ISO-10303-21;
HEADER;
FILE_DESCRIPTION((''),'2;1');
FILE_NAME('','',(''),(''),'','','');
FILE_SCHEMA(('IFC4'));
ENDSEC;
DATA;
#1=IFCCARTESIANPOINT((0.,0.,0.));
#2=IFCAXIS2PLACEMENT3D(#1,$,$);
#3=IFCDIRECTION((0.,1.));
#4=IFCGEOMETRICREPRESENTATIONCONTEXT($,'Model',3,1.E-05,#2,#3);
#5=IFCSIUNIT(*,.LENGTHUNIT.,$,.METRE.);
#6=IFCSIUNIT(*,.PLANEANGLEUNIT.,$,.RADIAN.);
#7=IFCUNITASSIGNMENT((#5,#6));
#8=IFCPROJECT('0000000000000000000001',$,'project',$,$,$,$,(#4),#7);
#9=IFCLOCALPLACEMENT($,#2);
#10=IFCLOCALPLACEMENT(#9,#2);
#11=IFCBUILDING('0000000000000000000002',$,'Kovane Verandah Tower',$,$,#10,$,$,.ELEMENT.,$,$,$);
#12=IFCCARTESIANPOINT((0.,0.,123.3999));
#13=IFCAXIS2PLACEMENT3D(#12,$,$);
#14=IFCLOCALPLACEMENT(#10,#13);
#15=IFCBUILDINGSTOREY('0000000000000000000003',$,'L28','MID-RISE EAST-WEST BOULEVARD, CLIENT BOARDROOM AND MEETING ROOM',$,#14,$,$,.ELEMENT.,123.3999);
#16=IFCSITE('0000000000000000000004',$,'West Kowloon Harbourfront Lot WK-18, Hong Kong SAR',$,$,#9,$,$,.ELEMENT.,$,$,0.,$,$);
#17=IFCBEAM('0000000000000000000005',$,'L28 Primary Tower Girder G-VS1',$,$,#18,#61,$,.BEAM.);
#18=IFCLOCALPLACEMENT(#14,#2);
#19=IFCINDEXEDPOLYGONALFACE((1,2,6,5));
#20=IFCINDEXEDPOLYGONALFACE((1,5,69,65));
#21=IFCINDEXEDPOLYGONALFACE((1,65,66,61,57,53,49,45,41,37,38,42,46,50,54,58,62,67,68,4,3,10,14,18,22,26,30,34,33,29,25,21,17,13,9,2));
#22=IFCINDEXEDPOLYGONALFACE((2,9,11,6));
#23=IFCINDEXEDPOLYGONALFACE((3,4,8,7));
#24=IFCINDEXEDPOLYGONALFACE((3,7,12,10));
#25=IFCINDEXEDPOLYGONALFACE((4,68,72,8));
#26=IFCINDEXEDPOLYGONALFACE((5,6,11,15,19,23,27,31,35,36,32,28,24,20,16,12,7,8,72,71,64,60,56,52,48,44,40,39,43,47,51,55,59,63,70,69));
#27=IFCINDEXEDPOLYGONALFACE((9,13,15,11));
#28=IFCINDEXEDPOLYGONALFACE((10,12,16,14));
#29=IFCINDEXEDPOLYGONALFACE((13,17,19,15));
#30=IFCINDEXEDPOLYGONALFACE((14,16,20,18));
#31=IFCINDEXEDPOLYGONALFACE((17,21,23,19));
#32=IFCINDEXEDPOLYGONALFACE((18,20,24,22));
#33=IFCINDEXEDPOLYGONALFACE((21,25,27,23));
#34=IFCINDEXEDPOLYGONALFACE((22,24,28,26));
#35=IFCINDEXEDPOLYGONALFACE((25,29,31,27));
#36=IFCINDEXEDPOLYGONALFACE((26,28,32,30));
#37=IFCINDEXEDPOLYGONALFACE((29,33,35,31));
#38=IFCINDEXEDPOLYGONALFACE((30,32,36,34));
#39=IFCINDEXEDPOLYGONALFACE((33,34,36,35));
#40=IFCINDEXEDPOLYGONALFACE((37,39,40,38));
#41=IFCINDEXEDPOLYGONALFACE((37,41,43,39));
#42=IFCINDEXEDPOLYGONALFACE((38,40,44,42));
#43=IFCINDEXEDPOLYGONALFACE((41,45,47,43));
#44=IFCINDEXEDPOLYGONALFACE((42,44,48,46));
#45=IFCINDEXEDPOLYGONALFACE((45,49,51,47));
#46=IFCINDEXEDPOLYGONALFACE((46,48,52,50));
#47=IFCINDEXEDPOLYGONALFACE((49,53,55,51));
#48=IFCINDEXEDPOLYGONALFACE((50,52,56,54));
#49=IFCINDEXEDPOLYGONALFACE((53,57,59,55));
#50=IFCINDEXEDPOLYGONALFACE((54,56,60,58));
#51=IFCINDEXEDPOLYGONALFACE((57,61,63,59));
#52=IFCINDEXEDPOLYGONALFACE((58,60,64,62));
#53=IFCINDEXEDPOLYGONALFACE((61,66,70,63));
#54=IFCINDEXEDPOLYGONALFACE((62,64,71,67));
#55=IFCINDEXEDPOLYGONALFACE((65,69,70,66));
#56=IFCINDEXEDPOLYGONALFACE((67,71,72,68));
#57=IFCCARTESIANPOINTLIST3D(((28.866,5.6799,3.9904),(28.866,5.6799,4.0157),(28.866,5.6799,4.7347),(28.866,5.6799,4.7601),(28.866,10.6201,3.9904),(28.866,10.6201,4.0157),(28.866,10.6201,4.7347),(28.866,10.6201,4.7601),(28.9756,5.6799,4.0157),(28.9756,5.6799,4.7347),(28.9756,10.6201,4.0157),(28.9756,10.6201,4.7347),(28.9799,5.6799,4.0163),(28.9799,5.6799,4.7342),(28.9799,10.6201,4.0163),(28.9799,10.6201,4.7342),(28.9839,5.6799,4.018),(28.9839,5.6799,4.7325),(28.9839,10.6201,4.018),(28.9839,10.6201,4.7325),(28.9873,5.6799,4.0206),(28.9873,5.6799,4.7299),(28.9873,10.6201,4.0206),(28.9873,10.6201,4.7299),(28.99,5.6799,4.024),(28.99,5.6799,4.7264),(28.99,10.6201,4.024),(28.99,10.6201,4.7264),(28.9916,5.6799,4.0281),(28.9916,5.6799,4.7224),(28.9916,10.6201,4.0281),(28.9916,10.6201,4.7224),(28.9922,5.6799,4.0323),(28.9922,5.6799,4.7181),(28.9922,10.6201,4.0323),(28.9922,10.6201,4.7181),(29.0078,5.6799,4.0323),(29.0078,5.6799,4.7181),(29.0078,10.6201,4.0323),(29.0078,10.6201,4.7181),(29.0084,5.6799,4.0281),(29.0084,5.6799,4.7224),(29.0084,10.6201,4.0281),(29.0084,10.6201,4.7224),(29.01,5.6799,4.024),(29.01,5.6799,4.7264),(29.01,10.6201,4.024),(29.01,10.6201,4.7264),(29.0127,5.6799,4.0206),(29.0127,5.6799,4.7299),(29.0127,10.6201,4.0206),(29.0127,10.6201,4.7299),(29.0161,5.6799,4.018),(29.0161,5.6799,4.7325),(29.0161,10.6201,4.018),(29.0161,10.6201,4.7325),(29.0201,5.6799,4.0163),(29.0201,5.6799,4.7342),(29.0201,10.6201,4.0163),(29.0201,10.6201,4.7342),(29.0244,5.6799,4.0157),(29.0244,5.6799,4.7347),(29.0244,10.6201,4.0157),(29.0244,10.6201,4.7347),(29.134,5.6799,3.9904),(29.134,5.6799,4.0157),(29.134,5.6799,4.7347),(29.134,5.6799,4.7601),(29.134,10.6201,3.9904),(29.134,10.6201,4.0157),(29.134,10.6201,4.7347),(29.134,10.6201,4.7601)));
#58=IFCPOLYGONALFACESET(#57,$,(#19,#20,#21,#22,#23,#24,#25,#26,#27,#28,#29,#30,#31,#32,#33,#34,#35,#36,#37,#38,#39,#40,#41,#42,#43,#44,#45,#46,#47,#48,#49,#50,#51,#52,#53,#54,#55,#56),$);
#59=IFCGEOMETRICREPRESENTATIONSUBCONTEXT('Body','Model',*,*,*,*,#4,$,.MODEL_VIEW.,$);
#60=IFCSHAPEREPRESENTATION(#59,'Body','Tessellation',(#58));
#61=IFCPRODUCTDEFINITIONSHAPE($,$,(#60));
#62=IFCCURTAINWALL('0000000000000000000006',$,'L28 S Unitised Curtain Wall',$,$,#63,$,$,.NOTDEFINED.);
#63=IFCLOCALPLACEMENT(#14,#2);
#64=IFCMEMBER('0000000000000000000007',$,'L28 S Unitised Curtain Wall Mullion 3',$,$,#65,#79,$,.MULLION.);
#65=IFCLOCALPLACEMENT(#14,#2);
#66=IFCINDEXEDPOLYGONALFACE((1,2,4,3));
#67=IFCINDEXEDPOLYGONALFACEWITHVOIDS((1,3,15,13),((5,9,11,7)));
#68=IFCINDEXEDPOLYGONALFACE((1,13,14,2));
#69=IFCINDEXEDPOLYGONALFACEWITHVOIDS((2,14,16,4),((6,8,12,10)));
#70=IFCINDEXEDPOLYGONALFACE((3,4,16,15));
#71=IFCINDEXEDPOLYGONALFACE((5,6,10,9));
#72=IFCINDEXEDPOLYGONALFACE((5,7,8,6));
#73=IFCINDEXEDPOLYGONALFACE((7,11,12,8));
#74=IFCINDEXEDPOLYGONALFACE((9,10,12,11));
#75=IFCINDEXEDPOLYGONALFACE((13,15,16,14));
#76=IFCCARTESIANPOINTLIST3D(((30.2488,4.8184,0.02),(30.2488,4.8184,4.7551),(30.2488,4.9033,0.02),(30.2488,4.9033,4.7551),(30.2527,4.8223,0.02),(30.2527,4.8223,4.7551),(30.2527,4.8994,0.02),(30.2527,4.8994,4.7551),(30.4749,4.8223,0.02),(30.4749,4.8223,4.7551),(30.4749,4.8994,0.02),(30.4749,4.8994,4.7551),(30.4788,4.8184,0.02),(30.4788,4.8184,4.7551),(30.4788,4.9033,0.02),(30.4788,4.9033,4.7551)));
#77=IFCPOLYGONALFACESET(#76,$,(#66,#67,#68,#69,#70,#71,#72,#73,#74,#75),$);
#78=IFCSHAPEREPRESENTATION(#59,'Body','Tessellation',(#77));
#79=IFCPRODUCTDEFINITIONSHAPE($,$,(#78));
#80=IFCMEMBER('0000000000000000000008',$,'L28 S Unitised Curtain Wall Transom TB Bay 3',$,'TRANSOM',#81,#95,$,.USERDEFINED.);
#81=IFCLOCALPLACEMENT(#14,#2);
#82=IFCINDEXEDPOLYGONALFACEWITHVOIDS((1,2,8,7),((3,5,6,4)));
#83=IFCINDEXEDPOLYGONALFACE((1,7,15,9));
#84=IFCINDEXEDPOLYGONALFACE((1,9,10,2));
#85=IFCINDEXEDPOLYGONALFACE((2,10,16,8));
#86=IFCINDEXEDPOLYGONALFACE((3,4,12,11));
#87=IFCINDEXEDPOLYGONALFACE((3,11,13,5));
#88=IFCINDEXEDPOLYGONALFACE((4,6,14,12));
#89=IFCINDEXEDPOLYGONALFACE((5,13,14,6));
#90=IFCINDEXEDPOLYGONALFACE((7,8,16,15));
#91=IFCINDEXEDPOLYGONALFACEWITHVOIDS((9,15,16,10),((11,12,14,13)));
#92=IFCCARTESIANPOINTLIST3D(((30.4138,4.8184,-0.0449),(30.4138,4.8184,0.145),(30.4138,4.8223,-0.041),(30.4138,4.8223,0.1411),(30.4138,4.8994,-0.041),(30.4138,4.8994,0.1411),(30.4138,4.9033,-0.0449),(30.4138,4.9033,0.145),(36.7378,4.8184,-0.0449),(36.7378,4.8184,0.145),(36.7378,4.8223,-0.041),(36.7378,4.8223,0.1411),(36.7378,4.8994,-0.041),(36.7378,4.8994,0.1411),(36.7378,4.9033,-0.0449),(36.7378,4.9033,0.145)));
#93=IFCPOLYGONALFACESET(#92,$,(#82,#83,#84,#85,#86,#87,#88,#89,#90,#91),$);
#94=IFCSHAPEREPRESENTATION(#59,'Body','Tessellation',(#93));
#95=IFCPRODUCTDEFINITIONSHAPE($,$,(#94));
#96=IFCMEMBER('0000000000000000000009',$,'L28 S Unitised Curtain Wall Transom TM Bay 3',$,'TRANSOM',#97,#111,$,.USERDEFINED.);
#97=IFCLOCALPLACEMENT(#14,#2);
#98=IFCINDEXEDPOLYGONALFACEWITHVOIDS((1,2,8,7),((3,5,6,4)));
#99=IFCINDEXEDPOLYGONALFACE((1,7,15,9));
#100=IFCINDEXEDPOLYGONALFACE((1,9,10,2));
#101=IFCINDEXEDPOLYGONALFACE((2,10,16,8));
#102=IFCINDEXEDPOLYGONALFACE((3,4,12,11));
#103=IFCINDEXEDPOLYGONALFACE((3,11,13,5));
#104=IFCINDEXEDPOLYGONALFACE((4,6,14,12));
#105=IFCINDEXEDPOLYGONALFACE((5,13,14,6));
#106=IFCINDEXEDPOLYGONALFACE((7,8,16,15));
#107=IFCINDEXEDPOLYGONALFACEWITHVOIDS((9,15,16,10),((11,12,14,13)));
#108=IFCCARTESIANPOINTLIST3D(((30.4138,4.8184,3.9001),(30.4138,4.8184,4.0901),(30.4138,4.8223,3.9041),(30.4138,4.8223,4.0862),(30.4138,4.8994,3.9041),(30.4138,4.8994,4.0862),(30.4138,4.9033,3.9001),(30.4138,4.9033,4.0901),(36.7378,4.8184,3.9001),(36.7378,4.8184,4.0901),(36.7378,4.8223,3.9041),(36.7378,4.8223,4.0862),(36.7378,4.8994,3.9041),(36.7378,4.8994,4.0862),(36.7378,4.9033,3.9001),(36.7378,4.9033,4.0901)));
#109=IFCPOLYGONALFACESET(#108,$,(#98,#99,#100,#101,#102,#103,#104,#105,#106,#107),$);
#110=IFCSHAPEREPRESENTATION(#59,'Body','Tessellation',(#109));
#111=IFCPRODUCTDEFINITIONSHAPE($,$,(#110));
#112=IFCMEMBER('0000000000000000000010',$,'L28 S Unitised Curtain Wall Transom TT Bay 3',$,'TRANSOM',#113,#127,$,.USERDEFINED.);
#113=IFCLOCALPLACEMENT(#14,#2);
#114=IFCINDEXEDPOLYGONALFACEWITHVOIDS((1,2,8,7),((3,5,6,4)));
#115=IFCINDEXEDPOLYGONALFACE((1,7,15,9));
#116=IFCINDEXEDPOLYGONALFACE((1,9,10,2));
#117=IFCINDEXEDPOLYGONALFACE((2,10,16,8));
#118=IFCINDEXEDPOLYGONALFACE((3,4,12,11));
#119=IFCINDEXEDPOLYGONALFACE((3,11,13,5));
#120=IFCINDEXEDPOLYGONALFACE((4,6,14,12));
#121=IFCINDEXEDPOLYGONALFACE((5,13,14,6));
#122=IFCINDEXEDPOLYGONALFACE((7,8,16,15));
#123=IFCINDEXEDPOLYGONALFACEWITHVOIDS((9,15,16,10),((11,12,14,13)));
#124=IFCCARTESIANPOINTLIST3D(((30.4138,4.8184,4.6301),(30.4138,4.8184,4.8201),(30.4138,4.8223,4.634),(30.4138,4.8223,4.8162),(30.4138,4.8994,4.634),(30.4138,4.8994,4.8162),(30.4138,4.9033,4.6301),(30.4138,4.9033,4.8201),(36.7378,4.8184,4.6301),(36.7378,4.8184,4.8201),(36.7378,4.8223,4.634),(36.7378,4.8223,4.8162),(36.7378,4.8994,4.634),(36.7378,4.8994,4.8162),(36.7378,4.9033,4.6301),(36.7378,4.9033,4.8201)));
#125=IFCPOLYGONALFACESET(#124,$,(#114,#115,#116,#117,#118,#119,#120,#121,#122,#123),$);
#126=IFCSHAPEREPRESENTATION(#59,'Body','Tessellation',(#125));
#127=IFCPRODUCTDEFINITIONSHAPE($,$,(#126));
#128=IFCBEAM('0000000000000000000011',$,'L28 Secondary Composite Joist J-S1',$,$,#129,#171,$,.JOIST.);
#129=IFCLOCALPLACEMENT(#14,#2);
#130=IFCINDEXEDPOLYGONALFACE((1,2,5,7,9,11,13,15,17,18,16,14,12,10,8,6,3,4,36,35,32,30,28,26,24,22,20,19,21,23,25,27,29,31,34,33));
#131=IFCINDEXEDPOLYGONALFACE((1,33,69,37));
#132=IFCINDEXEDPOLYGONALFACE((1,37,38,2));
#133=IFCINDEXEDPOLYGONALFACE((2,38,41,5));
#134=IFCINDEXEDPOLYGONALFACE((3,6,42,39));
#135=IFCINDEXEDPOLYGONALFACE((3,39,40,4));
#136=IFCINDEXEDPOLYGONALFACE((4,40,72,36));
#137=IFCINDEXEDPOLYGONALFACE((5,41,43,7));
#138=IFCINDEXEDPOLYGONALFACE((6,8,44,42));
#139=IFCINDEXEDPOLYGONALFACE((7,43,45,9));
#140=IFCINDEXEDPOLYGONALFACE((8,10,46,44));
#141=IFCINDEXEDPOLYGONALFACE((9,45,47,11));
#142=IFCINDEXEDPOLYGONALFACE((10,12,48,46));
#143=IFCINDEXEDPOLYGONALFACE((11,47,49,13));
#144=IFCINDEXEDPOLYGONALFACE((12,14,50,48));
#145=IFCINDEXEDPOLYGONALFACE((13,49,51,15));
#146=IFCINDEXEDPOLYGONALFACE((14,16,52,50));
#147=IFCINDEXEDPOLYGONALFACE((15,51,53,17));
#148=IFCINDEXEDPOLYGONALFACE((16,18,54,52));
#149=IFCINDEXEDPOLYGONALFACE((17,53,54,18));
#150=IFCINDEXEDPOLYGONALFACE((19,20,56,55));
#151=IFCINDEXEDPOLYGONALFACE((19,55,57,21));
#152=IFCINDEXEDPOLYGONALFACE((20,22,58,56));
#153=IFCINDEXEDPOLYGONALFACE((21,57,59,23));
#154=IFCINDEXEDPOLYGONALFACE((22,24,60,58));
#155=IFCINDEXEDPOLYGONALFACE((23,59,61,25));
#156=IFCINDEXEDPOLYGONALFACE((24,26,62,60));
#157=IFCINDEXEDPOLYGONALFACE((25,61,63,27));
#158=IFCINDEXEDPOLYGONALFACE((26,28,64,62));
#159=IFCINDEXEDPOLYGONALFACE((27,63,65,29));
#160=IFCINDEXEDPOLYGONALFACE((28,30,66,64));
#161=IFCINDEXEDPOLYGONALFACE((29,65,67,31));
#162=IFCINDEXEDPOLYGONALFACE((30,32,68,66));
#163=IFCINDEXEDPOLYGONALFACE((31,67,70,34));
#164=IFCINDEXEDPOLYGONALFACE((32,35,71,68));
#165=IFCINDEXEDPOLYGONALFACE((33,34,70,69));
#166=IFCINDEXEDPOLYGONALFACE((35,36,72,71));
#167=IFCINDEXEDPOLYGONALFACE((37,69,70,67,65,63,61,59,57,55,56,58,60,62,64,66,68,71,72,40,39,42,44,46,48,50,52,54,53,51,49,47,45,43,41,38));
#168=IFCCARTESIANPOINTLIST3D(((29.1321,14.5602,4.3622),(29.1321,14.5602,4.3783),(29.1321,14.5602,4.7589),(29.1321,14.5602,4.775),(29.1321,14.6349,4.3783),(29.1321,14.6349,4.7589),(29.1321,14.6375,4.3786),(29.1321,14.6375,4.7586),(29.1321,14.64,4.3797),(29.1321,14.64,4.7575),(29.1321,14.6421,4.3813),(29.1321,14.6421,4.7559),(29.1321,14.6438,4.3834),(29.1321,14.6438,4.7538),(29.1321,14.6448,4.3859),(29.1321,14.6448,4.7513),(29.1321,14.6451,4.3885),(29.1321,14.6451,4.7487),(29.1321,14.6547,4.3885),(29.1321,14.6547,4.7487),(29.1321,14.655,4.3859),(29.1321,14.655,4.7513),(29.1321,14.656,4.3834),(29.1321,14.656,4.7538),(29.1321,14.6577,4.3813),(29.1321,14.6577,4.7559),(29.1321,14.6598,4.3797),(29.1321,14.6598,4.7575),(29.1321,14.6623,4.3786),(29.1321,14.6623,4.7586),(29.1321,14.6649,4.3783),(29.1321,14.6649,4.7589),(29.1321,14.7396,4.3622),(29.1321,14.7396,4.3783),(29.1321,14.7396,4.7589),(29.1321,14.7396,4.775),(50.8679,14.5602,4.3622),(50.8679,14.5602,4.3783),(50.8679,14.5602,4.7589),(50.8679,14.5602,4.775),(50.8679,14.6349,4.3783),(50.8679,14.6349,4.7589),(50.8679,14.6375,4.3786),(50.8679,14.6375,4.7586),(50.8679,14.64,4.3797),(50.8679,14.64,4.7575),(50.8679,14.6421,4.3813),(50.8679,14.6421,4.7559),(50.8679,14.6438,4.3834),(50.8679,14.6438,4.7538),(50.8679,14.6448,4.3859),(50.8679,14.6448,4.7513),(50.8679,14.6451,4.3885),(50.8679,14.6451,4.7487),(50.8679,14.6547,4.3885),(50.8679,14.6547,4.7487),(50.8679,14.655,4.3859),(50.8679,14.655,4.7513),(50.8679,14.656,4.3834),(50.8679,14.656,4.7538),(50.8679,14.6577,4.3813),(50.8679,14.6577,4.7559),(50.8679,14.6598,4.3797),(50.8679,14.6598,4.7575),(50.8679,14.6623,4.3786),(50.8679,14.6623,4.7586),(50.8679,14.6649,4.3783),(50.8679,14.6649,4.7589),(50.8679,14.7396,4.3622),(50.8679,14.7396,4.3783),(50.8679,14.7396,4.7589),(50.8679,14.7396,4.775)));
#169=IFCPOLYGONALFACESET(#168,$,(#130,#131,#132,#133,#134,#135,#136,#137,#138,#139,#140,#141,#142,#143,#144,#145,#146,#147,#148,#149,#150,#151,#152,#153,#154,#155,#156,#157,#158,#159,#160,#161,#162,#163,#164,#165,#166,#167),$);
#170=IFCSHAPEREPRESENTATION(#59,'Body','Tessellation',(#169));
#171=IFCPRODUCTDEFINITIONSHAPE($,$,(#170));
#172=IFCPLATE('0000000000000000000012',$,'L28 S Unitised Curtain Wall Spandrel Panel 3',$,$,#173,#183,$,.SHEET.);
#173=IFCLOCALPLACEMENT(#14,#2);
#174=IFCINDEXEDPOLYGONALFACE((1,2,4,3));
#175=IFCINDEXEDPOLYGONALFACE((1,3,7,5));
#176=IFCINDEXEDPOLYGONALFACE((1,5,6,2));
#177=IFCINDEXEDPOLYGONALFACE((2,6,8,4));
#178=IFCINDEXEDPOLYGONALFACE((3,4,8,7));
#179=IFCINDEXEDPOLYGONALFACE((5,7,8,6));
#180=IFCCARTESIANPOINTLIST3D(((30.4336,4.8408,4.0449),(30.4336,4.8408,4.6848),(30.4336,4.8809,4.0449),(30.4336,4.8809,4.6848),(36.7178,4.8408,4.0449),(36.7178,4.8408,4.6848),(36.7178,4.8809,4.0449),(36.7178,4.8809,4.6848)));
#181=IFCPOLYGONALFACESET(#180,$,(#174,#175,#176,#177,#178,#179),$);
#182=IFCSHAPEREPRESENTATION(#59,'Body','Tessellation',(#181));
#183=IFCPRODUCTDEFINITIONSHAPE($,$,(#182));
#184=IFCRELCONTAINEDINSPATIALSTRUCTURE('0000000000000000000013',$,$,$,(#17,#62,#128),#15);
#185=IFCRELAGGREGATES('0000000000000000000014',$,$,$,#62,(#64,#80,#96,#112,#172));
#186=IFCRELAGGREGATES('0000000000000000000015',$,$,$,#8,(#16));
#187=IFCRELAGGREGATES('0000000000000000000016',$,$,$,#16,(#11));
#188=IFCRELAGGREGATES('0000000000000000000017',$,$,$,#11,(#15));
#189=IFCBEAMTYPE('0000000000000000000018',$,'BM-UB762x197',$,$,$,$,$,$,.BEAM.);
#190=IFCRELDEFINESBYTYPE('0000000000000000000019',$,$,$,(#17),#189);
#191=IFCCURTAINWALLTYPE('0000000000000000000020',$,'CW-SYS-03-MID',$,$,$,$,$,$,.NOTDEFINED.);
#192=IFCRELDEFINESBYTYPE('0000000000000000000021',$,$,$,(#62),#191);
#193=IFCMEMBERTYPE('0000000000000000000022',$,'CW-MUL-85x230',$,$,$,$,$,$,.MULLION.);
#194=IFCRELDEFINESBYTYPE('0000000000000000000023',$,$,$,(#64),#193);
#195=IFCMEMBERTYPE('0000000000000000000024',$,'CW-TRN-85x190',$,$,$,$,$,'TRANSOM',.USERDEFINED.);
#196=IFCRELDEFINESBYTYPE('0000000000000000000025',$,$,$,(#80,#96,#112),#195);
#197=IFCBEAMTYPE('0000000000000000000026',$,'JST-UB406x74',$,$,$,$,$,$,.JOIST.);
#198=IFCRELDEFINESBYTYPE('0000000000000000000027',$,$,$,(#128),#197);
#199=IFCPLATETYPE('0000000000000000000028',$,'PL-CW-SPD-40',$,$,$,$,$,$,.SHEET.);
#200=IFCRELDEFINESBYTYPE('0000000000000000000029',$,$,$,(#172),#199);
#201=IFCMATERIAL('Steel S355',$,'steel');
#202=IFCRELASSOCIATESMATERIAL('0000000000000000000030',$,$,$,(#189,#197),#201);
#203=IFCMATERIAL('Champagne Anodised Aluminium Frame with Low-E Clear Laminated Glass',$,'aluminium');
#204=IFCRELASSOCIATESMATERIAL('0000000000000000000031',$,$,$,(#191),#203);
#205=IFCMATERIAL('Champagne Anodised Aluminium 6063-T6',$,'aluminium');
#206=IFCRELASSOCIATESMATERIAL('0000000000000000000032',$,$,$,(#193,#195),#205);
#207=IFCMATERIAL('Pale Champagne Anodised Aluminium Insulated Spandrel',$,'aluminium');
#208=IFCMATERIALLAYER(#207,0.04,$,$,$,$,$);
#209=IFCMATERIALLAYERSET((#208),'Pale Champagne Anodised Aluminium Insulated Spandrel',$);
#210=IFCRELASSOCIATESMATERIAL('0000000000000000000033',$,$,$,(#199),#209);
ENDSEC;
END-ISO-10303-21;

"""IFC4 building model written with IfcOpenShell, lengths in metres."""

from ifc_helpers import new_model, si_unit, direction, frame, origin, origin_2d, place, context, subcontext, project, spatial, rectangle, hollow_rectangle, i_section, extrude, material, layer, layer_set, material_profile, profile_set, type_object, element, aggregate, save


model = new_model("IFC4")

# Units and contexts
model_context = context("Model", 3, precision=1e-05, world=origin(), true_north=direction((0.0, 1.0)))
body_context = subcontext(model_context, "Body", "Model", "MODEL_VIEW")
ifc_project = project(units=[si_unit("LENGTHUNIT", "METRE"), si_unit("PLANEANGLEUNIT", "RADIAN")], contexts=[model_context])

# Site, building, storey
site_placement = place(None, origin())
site = spatial("IfcSite", under=ifc_project, at=site_placement, Name="West Kowloon Harbourfront Lot WK-18, Hong Kong SAR", CompositionType="ELEMENT", RefElevation=0.0)
building_placement = place(site_placement, origin())
building = spatial("IfcBuilding", under=site, at=building_placement, Name="Kovane Verandah Tower", CompositionType="ELEMENT")
storey_placement = place(building_placement, frame((0.0, 0.0, 123.3999)))
storey = spatial("IfcBuildingStorey", under=building, at=storey_placement, Name="L28", Description="MID-RISE EAST-WEST BOULEVARD, CLIENT BOARDROOM AND MEETING ROOM", CompositionType="ELEMENT", Elevation=123.3999)

# Beam
ifc_material_1 = material(Name="Steel S355", Category="steel")
ifc_material_profile_1 = material_profile(ifc_material_1, i_section(OverallWidth=0.2681, OverallDepth=0.7698, WebThickness=0.0156, FlangeThickness=0.0254, FilletRadius=0.0166, at=origin_2d()), Name="UB762x267x197")
ifc_profile_set_1 = profile_set([ifc_material_profile_1], Name="Steel S355")
beam_type_1 = type_object("IfcBeamType", Name="BM-UB762x197", PredefinedType="BEAM", material=ifc_profile_set_1)
beam_1_placement = place(storey_placement, frame((29.0, 10.6201, 4.3752), z_axis=(0.0, -1.0, 0.0), x_axis=(1.0, 0.0, 0.0)))
element("IfcBeam", 1, at=beam_1_placement, inside=storey, type_object=beam_type_1, Name="L28 Primary Tower Girder G-VS1", PredefinedType="BEAM", context=body_context, shape_type="SweptSolid", body=[
    extrude(i_section(OverallWidth=0.2681, OverallDepth=0.7698, WebThickness=0.0156, FlangeThickness=0.0254, FilletRadius=0.0166, at=origin_2d()), origin(), (0.0, 0.0, 1.0), 4.9402),
])

# Curtain wall, members
ifc_material_2 = material(Name="Champagne Anodised Aluminium Frame with Low-E Clear Laminated Glass", Category="aluminium")
curtain_wall_type = type_object("IfcCurtainWallType", Name="CW-SYS-03-MID", PredefinedType="NOTDEFINED", material=ifc_material_2)
curtain_wall_placement = place(storey_placement, origin())
curtain_wall = element("IfcCurtainWall", 2, at=curtain_wall_placement, inside=storey, type_object=curtain_wall_type, Name="L28 S Unitised Curtain Wall", PredefinedType="NOTDEFINED")
ifc_material_3 = material(Name="Champagne Anodised Aluminium 6063-T6", Category="aluminium")
ifc_material_profile_2 = material_profile(ifc_material_3, hollow_rectangle(XDim=0.085, YDim=0.23, WallThickness=0.0039, at=origin_2d()), Name="AL85x230x4")
ifc_profile_set_2 = profile_set([ifc_material_profile_2], Name="Champagne Anodised Aluminium 6063-T6")
member_type_1 = type_object("IfcMemberType", Name="CW-MUL-85x230", PredefinedType="MULLION", material=ifc_profile_set_2)
member_1_placement = place(storey_placement, frame((30.3638, 4.8608, 0.02), z_axis=(0.0, 0.0, 1.0), x_axis=(0.0, -1.0, 0.0)))
member_1 = element("IfcMember", 3, at=member_1_placement, type_object=member_type_1, Name="L28 S Unitised Curtain Wall Mullion 3", PredefinedType="MULLION", context=body_context, shape_type="SweptSolid", body=[
    extrude(hollow_rectangle(XDim=0.085, YDim=0.23, WallThickness=0.0039, at=origin_2d()), origin(), (0.0, 0.0, 1.0), 4.7351),
])
ifc_material_profile_3 = material_profile(ifc_material_3, hollow_rectangle(XDim=0.085, YDim=0.1899, WallThickness=0.0039, at=origin_2d()), Name="AL85x190x4")
ifc_profile_set_3 = profile_set([ifc_material_profile_3], Name="Champagne Anodised Aluminium 6063-T6")
member_type_2 = type_object("IfcMemberType", Name="CW-TRN-85x190", ElementType="TRANSOM", PredefinedType="USERDEFINED", material=ifc_profile_set_3)
member_2_placement = place(storey_placement, frame((30.4138, 4.8608, 0.05), z_axis=(1.0, 0.0, 0.0), x_axis=(0.0, 1.0, 0.0)))
member_2 = element("IfcMember", 4, at=member_2_placement, type_object=member_type_2, Name="L28 S Unitised Curtain Wall Transom TB Bay 3", ObjectType="TRANSOM", PredefinedType="USERDEFINED", context=body_context, shape_type="SweptSolid", body=[
    extrude(hollow_rectangle(XDim=0.085, YDim=0.1899, WallThickness=0.0039, at=origin_2d()), origin(), (0.0, 0.0, 1.0), 6.324),
])
member_3_placement = place(storey_placement, frame((30.4138, 4.8608, 3.9951), z_axis=(1.0, 0.0, 0.0), x_axis=(0.0, 1.0, 0.0)))
member_3 = element("IfcMember", 5, at=member_3_placement, type_object=member_type_2, Name="L28 S Unitised Curtain Wall Transom TM Bay 3", ObjectType="TRANSOM", PredefinedType="USERDEFINED", context=body_context, shape_type="SweptSolid", body=[
    extrude(hollow_rectangle(XDim=0.085, YDim=0.1899, WallThickness=0.0039, at=origin_2d()), origin(), (0.0, 0.0, 1.0), 6.324),
])
member_4_placement = place(storey_placement, frame((30.4138, 4.8608, 4.7251), z_axis=(1.0, 0.0, 0.0), x_axis=(0.0, 1.0, 0.0)))
member_4 = element("IfcMember", 6, at=member_4_placement, type_object=member_type_2, Name="L28 S Unitised Curtain Wall Transom TT Bay 3", ObjectType="TRANSOM", PredefinedType="USERDEFINED", context=body_context, shape_type="SweptSolid", body=[
    extrude(hollow_rectangle(XDim=0.085, YDim=0.1899, WallThickness=0.0039, at=origin_2d()), origin(), (0.0, 0.0, 1.0), 6.324),
])

# Beam
ifc_material_profile_4 = material_profile(ifc_material_1, i_section(OverallWidth=0.1794, OverallDepth=0.4128, WebThickness=0.0095, FlangeThickness=0.0161, FilletRadius=0.0103, at=origin_2d()), Name="UB406x178x74")
ifc_profile_set_4 = profile_set([ifc_material_profile_4], Name="Steel S355")
beam_type_2 = type_object("IfcBeamType", Name="JST-UB406x74", PredefinedType="JOIST", material=ifc_profile_set_4)
beam_2_placement = place(storey_placement, frame((29.1321, 14.6499, 4.5686), z_axis=(1.0, 0.0, 0.0), x_axis=(0.0, 1.0, 0.0)))
element("IfcBeam", 7, at=beam_2_placement, inside=storey, type_object=beam_type_2, Name="L28 Secondary Composite Joist J-S1", PredefinedType="JOIST", context=body_context, shape_type="SweptSolid", body=[
    extrude(i_section(OverallWidth=0.1794, OverallDepth=0.4128, WebThickness=0.0095, FlangeThickness=0.0161, FilletRadius=0.0103, at=origin_2d()), origin(), (0.0, 0.0, 1.0), 21.7358),
])

# Plate
ifc_material_4 = material(Name="Pale Champagne Anodised Aluminium Insulated Spandrel", Category="aluminium")
ifc_layer_1 = layer(ifc_material_4, 0.04)
ifc_layer_set_1 = layer_set([ifc_layer_1], Name="Pale Champagne Anodised Aluminium Insulated Spandrel")
plate_type_1 = type_object("IfcPlateType", Name="PL-CW-SPD-40", PredefinedType="SHEET", material=ifc_layer_set_1)
plate_1_placement = place(storey_placement, frame((33.5757, 4.8608, 4.0449), z_axis=(0.0, 0.0, 1.0), x_axis=(1.0, 0.0, 0.0)))
plate_1 = element("IfcPlate", 8, at=plate_1_placement, type_object=plate_type_1, Name="L28 S Unitised Curtain Wall Spandrel Panel 3", PredefinedType="SHEET", context=body_context, shape_type="SweptSolid", body=[
    extrude(rectangle(XDim=6.2842, YDim=0.04, at=origin_2d()), origin(), (0.0, 0.0, 1.0), 0.6399),
])
aggregate(curtain_wall, [member_1, member_2, member_3, member_4, plate_1])

save(model, "model.ifc")
